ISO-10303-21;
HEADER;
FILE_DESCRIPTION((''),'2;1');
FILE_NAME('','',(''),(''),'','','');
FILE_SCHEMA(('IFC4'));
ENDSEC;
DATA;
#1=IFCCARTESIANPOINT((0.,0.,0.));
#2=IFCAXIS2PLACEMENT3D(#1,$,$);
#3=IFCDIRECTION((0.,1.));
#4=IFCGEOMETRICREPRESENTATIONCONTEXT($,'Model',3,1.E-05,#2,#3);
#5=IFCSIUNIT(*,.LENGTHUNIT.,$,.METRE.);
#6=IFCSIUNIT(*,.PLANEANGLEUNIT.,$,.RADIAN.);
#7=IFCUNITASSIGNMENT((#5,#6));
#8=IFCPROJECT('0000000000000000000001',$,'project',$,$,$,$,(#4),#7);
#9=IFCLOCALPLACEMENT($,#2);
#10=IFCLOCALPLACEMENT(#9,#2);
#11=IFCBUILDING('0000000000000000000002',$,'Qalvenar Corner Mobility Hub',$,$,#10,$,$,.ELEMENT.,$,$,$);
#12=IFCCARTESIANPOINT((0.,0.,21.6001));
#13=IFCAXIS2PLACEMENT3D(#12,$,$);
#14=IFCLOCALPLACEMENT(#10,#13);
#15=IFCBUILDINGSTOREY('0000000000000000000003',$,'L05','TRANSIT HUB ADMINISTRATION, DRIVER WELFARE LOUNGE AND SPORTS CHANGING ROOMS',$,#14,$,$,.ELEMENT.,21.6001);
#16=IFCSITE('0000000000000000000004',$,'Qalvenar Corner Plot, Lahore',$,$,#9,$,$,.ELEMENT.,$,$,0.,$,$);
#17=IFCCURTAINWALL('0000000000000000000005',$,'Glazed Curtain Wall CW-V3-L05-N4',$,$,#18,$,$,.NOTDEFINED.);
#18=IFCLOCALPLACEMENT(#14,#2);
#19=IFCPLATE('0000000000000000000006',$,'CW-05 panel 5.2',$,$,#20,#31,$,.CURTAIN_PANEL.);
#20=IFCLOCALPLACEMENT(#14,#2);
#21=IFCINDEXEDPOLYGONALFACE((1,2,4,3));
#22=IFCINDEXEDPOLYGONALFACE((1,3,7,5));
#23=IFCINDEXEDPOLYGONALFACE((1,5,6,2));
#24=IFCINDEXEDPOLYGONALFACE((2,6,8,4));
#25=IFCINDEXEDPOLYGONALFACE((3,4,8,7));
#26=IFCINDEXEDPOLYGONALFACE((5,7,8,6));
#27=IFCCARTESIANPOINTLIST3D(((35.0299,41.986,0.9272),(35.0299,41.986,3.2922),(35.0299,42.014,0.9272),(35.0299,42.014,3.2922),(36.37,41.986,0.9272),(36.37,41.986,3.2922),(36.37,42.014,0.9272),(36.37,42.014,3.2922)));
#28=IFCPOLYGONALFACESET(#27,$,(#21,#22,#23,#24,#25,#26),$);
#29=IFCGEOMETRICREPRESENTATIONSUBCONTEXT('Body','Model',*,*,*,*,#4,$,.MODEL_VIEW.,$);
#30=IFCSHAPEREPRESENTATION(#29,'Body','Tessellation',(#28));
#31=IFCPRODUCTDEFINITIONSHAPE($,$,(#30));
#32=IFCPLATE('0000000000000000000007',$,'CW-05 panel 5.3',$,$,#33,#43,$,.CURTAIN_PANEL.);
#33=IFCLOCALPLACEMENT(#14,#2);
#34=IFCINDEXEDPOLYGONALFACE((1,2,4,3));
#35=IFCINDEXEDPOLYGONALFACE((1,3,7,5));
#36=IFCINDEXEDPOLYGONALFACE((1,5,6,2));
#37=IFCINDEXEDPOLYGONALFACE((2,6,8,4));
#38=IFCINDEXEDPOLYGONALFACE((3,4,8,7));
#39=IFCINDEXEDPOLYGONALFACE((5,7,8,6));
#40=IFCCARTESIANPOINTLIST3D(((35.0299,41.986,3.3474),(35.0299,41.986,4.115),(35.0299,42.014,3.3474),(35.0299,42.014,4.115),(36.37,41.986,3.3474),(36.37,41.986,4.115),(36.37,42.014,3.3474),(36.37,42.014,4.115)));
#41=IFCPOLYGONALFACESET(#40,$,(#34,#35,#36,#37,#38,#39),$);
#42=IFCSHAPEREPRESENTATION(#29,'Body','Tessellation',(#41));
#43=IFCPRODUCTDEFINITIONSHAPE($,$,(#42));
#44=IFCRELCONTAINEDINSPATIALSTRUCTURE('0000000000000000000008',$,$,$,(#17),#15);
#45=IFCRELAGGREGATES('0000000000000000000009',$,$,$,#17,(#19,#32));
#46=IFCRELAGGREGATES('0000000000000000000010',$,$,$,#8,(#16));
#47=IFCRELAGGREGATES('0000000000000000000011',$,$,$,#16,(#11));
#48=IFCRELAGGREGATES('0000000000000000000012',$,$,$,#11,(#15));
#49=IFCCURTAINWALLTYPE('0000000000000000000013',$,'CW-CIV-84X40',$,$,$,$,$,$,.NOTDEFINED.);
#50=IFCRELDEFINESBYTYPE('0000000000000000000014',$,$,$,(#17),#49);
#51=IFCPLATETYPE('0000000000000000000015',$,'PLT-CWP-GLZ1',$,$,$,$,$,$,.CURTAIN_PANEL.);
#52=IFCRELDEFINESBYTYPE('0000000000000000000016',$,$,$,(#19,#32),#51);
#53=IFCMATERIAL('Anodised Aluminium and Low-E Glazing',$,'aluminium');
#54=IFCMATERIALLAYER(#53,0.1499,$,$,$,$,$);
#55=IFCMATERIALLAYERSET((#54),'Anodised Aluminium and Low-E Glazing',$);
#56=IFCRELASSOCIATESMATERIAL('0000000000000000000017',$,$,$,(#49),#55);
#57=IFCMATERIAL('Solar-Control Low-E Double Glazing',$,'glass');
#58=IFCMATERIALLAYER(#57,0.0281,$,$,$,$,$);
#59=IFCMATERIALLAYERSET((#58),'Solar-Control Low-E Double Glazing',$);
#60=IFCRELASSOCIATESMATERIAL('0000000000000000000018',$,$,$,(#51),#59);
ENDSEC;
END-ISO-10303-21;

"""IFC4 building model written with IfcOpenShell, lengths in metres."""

from ifc_helpers import new_model, si_unit, direction, frame, origin, origin_2d, place, context, subcontext, project, spatial, rectangle, extrude, material, layer, layer_set, type_object, element, aggregate, save


model = new_model("IFC4")

# Units and contexts
model_context = context("Model", 3, precision=1e-05, world=origin(), true_north=direction((0.0, 1.0)))
body_context = subcontext(model_context, "Body", "Model", "MODEL_VIEW")
ifc_project = project(units=[si_unit("LENGTHUNIT", "METRE"), si_unit("PLANEANGLEUNIT", "RADIAN")], contexts=[model_context])

# Site, building, storey
site_placement = place(None, origin())
site = spatial("IfcSite", under=ifc_project, at=site_placement, Name="Qalvenar Corner Plot, Lahore", CompositionType="ELEMENT", RefElevation=0.0)
building_placement = place(site_placement, origin())
building = spatial("IfcBuilding", under=site, at=building_placement, Name="Qalvenar Corner Mobility Hub", CompositionType="ELEMENT")
storey_placement = place(building_placement, frame((0.0, 0.0, 21.6001)))
storey = spatial("IfcBuildingStorey", under=building, at=storey_placement, Name="L05", Description="TRANSIT HUB ADMINISTRATION, DRIVER WELFARE LOUNGE AND SPORTS CHANGING ROOMS", CompositionType="ELEMENT", Elevation=21.6001)

# Curtain wall, plates
ifc_material_1 = material(Name="Anodised Aluminium and Low-E Glazing", Category="aluminium")
ifc_layer_1 = layer(ifc_material_1, 0.1499)
ifc_layer_set_1 = layer_set([ifc_layer_1], Name="Anodised Aluminium and Low-E Glazing")
curtain_wall_type = type_object("IfcCurtainWallType", Name="CW-CIV-84X40", PredefinedType="NOTDEFINED", material=ifc_layer_set_1)
curtain_wall_placement = place(storey_placement, origin())
curtain_wall = element("IfcCurtainWall", 1, at=curtain_wall_placement, inside=storey, type_object=curtain_wall_type, Name="Glazed Curtain Wall CW-V3-L05-N4", PredefinedType="NOTDEFINED")
ifc_material_2 = material(Name="Solar-Control Low-E Double Glazing", Category="glass")
ifc_layer_2 = layer(ifc_material_2, 0.0281)
ifc_layer_set_2 = layer_set([ifc_layer_2], Name="Solar-Control Low-E Double Glazing")
plate_type = type_object("IfcPlateType", Name="PLT-CWP-GLZ1", PredefinedType="CURTAIN_PANEL", material=ifc_layer_set_2)
plate_1_placement = place(storey_placement, frame((35.7, 42.0, 0.9272), z_axis=(0.0, 0.0, 1.0), x_axis=(-1.0, 0.0, 0.0)))
plate_1 = element("IfcPlate", 2, at=plate_1_placement, type_object=plate_type, Name="CW-05 panel 5.2", PredefinedType="CURTAIN_PANEL", context=body_context, shape_type="SweptSolid", body=[
    extrude(rectangle(XDim=1.3401, YDim=0.0281, at=origin_2d()), origin(), (0.0, 0.0, 1.0), 2.365),
])
plate_2_placement = place(storey_placement, frame((35.7, 42.0, 3.3474), z_axis=(0.0, 0.0, 1.0), x_axis=(-1.0, 0.0, 0.0)))
plate_2 = element("IfcPlate", 3, at=plate_2_placement, type_object=plate_type, Name="CW-05 panel 5.3", PredefinedType="CURTAIN_PANEL", context=body_context, shape_type="SweptSolid", body=[
    extrude(rectangle(XDim=1.3401, YDim=0.0281, at=origin_2d()), origin(), (0.0, 0.0, 1.0), 0.7676),
])
aggregate(curtain_wall, [plate_1, plate_2])

save(model, "model.ifc")
